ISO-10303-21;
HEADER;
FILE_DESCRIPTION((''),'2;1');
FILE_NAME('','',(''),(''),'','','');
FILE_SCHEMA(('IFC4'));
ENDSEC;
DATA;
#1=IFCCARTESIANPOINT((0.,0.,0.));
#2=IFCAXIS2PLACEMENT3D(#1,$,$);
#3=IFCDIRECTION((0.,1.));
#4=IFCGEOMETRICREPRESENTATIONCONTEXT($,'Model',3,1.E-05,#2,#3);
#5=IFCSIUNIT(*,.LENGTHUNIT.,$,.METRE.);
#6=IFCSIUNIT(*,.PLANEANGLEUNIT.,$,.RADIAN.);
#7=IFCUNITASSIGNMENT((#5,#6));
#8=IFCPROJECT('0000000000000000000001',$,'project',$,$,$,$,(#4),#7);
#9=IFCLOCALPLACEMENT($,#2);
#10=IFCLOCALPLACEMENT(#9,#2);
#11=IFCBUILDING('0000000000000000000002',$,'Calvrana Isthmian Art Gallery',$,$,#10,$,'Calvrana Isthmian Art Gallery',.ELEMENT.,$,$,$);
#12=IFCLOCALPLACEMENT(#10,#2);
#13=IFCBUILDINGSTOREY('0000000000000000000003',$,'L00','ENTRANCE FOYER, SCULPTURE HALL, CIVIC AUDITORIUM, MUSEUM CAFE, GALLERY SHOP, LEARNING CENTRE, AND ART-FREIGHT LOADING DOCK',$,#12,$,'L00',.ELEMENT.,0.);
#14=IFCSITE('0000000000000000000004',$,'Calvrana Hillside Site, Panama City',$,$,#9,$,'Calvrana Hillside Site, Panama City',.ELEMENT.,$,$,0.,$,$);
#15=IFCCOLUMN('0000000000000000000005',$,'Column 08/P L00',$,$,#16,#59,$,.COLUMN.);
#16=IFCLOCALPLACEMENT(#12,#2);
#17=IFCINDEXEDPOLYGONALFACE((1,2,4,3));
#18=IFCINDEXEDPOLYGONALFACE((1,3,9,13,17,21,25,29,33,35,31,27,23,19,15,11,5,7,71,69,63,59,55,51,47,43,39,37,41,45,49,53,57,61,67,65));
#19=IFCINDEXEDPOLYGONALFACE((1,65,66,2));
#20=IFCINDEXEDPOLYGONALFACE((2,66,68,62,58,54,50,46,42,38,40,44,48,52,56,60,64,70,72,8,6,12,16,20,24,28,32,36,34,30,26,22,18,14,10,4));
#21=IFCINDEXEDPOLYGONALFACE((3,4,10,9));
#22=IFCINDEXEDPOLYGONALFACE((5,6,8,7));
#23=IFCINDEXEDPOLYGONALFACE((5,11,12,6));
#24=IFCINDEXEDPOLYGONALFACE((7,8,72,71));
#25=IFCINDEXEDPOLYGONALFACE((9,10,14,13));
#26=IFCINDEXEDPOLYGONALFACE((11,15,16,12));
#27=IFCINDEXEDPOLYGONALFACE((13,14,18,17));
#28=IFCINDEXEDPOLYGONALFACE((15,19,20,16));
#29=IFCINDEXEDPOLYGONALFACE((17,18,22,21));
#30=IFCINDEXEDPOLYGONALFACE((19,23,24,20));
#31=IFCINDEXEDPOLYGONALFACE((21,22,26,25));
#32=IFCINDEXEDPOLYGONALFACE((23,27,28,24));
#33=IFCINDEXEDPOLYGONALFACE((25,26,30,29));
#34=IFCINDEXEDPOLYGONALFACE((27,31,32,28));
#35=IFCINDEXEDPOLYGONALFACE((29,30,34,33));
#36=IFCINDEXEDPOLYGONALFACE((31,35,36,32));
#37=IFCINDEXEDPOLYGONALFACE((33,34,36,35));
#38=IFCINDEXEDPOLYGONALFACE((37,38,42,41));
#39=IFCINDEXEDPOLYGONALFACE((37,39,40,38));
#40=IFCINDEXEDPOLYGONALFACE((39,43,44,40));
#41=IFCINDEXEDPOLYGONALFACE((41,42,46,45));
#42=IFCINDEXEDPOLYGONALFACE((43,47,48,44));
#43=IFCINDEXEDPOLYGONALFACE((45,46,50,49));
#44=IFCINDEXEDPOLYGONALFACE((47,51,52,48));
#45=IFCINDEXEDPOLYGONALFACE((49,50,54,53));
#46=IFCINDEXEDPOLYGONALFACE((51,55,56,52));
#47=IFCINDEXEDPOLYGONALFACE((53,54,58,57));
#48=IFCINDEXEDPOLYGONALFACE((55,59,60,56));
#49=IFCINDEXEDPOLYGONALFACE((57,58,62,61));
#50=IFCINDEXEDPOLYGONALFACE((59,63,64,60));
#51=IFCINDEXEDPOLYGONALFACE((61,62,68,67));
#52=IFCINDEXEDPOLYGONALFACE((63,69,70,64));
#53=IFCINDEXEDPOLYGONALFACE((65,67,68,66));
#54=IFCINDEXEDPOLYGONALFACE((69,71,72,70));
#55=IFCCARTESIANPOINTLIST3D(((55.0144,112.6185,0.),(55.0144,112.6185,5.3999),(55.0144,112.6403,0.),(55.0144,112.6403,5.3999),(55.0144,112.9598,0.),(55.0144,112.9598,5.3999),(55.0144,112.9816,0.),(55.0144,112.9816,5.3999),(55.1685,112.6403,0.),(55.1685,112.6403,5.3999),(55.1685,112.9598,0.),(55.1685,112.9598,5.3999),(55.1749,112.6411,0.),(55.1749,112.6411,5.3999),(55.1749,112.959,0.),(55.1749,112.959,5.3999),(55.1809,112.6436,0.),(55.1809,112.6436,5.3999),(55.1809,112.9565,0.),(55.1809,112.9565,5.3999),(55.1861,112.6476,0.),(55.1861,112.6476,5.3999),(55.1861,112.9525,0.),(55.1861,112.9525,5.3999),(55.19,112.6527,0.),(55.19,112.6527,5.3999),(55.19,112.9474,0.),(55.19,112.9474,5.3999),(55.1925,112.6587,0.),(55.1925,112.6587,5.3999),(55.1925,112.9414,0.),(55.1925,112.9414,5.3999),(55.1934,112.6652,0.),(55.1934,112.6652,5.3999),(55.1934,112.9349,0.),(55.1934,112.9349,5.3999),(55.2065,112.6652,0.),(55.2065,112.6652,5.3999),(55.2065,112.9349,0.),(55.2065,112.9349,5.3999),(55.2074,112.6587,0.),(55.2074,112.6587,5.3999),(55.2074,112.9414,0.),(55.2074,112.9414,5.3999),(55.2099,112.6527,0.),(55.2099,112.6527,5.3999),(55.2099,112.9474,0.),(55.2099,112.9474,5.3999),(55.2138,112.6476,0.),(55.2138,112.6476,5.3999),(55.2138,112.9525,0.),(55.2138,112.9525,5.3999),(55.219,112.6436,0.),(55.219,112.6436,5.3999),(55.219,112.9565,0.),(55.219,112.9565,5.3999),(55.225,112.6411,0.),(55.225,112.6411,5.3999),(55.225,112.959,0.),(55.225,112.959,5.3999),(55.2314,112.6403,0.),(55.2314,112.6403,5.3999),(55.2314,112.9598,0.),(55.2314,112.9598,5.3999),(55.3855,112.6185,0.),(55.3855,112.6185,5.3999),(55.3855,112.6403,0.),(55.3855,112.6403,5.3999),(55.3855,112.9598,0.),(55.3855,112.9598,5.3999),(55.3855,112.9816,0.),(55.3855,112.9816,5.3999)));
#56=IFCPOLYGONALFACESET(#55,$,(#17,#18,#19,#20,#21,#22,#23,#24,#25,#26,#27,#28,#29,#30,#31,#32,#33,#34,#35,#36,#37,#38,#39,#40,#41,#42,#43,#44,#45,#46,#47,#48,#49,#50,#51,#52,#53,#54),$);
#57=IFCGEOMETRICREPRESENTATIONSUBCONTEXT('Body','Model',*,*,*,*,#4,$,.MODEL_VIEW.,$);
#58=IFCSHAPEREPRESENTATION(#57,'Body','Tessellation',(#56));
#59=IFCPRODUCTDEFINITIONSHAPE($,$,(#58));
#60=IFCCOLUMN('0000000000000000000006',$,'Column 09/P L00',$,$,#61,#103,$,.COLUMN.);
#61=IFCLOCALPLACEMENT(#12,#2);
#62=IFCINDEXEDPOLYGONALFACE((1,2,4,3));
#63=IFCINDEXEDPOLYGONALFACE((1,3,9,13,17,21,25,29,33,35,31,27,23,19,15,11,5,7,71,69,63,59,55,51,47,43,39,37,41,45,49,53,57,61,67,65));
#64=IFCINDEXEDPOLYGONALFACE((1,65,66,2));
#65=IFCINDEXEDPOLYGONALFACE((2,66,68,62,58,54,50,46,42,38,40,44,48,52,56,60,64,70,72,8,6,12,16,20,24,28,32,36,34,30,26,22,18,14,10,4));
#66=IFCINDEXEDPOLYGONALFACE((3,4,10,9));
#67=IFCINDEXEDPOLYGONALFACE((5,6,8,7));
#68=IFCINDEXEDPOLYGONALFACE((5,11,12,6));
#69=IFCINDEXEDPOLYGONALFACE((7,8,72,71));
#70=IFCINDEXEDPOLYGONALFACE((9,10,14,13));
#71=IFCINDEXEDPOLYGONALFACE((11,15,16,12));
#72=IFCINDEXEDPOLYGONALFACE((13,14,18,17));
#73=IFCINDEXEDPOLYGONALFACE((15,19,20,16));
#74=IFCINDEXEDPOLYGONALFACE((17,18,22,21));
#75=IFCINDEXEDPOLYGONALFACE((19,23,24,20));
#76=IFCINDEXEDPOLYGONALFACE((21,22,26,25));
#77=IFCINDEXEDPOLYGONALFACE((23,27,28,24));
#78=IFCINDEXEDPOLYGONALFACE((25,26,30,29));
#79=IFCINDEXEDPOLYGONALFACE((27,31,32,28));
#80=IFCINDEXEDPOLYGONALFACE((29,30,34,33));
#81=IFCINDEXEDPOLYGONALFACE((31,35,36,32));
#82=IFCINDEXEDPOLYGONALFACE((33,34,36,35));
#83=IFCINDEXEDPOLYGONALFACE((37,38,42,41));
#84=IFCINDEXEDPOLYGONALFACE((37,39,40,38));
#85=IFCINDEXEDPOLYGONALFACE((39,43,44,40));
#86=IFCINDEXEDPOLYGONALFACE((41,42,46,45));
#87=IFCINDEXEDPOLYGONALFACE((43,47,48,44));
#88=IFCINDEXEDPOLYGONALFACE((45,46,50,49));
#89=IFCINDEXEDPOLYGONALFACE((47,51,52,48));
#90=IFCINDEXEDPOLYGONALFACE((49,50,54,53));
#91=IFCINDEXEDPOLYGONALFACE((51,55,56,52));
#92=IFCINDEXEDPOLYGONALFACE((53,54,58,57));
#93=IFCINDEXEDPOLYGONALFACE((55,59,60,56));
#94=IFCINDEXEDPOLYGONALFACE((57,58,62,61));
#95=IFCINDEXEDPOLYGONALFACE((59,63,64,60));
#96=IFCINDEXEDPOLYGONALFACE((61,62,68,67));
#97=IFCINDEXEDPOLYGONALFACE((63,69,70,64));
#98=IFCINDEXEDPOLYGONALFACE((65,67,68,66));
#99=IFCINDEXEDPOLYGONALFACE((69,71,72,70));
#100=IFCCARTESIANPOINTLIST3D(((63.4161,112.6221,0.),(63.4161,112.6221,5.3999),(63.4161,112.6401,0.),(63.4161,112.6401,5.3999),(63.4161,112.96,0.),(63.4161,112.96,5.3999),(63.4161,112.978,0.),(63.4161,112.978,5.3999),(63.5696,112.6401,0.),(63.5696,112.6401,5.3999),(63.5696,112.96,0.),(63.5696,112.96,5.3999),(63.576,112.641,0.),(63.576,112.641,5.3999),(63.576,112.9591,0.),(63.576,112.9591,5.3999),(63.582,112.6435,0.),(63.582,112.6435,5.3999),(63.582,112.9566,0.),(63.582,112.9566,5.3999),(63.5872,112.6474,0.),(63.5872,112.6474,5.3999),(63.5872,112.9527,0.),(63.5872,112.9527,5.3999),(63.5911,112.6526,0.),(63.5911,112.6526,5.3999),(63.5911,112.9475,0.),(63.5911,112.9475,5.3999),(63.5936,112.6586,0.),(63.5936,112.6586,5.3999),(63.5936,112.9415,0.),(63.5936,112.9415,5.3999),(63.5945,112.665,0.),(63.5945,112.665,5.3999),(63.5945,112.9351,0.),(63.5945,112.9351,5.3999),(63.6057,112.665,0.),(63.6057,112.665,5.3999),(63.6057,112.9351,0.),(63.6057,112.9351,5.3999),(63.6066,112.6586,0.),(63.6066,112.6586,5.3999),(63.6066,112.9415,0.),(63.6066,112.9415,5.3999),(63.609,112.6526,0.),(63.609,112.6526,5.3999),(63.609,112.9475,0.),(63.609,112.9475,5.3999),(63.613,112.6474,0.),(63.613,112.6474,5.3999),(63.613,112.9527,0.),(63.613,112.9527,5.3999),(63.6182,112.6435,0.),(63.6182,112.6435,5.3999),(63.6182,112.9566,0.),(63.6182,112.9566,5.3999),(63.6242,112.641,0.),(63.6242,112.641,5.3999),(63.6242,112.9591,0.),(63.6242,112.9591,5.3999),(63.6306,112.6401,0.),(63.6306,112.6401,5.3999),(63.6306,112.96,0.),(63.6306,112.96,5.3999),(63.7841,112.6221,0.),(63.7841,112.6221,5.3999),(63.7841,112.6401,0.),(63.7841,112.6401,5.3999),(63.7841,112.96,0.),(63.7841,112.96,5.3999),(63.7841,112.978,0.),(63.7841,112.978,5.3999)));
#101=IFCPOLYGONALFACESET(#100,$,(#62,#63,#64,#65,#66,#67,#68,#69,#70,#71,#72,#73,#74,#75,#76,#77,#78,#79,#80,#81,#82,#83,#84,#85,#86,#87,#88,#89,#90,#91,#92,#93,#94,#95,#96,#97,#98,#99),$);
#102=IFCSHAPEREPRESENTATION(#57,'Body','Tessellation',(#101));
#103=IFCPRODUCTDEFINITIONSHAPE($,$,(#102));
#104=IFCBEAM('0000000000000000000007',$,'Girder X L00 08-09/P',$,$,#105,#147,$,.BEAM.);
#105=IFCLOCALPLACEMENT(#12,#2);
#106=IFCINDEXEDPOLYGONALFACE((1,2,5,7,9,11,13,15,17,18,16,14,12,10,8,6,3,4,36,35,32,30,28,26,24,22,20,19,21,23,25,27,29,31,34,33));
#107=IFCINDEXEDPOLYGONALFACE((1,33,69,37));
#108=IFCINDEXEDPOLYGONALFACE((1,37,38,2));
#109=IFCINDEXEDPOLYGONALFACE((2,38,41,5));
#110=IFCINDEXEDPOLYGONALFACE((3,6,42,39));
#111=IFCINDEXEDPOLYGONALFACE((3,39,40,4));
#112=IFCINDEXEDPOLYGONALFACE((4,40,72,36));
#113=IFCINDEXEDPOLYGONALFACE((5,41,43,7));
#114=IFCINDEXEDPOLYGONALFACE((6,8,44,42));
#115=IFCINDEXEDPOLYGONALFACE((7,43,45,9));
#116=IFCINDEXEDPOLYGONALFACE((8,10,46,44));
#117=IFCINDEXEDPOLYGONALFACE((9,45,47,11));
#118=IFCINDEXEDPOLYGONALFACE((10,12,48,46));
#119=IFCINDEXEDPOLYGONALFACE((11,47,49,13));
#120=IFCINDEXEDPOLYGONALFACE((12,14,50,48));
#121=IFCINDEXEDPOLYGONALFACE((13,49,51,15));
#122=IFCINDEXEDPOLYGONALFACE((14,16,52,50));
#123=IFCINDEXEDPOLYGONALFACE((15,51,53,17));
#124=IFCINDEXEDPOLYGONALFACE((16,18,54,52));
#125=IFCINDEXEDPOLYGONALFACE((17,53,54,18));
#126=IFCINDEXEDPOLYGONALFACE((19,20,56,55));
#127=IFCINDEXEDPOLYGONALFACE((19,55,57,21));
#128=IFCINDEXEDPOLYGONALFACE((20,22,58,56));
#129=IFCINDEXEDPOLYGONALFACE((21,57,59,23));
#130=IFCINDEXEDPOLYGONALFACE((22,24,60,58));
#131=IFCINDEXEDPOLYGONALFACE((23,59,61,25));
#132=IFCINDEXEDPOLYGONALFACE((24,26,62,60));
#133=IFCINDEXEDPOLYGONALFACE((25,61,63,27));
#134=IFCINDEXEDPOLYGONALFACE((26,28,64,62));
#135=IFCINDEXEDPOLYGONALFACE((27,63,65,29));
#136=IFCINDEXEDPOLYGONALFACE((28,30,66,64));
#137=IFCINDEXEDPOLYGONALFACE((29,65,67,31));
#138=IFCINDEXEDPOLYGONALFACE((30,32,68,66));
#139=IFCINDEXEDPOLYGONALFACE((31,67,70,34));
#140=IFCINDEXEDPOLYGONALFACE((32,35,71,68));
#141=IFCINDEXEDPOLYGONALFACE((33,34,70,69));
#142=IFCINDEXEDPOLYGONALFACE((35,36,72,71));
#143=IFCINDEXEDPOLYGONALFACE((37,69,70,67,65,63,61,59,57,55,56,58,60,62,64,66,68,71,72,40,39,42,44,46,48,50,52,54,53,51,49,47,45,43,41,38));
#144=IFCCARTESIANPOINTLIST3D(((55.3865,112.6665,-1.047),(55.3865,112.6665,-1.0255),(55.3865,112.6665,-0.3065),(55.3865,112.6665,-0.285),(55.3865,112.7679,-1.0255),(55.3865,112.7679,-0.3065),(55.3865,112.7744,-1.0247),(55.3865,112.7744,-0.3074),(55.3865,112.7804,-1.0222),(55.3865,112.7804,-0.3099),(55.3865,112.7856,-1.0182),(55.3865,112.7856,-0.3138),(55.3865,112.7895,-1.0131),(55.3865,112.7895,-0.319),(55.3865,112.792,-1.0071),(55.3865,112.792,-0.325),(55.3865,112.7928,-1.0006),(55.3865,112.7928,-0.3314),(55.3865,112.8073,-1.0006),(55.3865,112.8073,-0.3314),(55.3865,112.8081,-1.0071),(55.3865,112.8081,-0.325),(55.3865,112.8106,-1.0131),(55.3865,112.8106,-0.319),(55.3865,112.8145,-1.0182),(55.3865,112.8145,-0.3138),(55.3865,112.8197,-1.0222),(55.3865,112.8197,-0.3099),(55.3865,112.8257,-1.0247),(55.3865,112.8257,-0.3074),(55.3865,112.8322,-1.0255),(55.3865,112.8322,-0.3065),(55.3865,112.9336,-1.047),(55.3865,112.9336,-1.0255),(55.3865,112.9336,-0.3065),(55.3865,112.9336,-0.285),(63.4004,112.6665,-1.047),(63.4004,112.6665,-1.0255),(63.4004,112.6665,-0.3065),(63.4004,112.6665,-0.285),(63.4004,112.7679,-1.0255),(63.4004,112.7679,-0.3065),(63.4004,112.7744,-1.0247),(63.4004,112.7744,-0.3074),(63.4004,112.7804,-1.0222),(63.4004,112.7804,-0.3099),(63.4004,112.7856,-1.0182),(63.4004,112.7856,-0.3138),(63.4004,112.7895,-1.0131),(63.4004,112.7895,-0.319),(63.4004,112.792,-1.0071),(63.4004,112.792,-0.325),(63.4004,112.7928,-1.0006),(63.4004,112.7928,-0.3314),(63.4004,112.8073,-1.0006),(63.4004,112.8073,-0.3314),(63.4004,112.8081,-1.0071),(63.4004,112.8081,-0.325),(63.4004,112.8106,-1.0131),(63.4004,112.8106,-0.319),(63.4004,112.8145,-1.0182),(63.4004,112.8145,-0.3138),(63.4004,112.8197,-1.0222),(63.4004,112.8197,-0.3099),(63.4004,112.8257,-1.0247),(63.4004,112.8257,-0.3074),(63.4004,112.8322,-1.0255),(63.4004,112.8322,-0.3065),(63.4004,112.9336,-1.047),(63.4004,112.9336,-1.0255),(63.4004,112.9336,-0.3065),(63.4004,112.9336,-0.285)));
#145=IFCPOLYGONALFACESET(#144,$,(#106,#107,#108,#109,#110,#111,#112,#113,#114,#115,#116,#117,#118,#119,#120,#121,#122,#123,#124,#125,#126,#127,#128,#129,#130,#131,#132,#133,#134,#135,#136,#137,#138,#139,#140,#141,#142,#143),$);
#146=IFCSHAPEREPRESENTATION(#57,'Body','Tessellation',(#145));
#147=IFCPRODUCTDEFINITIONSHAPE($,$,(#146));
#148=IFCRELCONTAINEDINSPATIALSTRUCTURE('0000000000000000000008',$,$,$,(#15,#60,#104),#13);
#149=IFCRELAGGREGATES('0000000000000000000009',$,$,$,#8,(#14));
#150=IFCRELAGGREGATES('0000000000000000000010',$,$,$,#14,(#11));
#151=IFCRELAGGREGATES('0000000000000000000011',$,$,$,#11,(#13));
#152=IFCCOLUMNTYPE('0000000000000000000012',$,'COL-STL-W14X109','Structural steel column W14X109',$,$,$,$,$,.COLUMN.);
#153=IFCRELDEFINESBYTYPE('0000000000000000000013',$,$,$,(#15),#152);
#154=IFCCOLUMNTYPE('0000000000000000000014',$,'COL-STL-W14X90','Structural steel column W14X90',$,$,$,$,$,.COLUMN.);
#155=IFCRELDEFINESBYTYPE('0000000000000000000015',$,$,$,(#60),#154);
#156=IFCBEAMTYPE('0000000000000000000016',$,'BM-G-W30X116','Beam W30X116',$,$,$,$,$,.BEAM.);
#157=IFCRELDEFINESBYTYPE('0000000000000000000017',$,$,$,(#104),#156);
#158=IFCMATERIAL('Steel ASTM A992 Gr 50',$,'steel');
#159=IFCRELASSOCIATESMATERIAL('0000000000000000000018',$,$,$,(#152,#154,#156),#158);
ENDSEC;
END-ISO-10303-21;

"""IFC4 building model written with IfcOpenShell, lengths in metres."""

from ifc_helpers import new_model, si_unit, direction, frame, origin, origin_2d, place, context, subcontext, project, spatial, i_section, extrude, material, material_profile, profile_set, type_object, element, save


model = new_model("IFC4")

# Units and contexts
model_context = context("Model", 3, precision=1e-05, world=origin(), true_north=direction((0.0, 1.0)))
body_context = subcontext(model_context, "Body", "Model", "MODEL_VIEW")
ifc_project = project(units=[si_unit("LENGTHUNIT", "METRE"), si_unit("PLANEANGLEUNIT", "RADIAN")], contexts=[model_context])

# Site, building, storey
site_placement = place(None, origin())
site = spatial("IfcSite", under=ifc_project, at=site_placement, Name="Calvrana Hillside Site, Panama City", LongName="Calvrana Hillside Site, Panama City", CompositionType="ELEMENT", RefElevation=0.0)
building_placement = place(site_placement, origin())
building = spatial("IfcBuilding", under=site, at=building_placement, Name="Calvrana Isthmian Art Gallery", LongName="Calvrana Isthmian Art Gallery", CompositionType="ELEMENT")
storey_placement = place(building_placement, origin())
storey = spatial("IfcBuildingStorey", under=building, at=storey_placement, Name="L00", Description="ENTRANCE FOYER, SCULPTURE HALL, CIVIC AUDITORIUM, MUSEUM CAFE, GALLERY SHOP, LEARNING CENTRE, AND ART-FREIGHT LOADING DOCK", LongName="L00", CompositionType="ELEMENT", Elevation=0.0)

# Columns
ifc_material_1 = material(Name="Steel ASTM A992 Gr 50", Category="steel")
ifc_material_profile_1 = material_profile(ifc_material_1, i_section(OverallWidth=0.3711, OverallDepth=0.363, WebThickness=0.0132, FlangeThickness=0.0217, FilletRadius=0.0249, at=origin_2d()), Name="W14X109")
ifc_profile_set_1 = profile_set([ifc_material_profile_1], Name="Steel ASTM A992 Gr 50")
column_type_1 = type_object("IfcColumnType", Name="COL-STL-W14X109", Description="Structural steel column W14X109", PredefinedType="COLUMN", material=ifc_profile_set_1)
column_1_placement = place(storey_placement, frame((55.2, 112.8, 0.0), z_axis=(0.0, 0.0, 1.0), x_axis=(1.0, 0.0, 0.0)))
element("IfcColumn", 1, at=column_1_placement, inside=storey, type_object=column_type_1, Name="Column 08/P L00", PredefinedType="COLUMN", context=body_context, shape_type="SweptSolid", body=[
    extrude(i_section(OverallWidth=0.3711, OverallDepth=0.363, WebThickness=0.0132, FlangeThickness=0.0217, FilletRadius=0.0249, at=origin_2d()), origin(), (0.0, 0.0, 1.0), 5.3999),
])
ifc_material_profile_2 = material_profile(ifc_material_1, i_section(OverallWidth=0.3679, OverallDepth=0.356, WebThickness=0.0112, FlangeThickness=0.0181, FilletRadius=0.0249, at=origin_2d()), Name="W14X90")
ifc_profile_set_2 = profile_set([ifc_material_profile_2], Name="Steel ASTM A992 Gr 50")
column_type_2 = type_object("IfcColumnType", Name="COL-STL-W14X90", Description="Structural steel column W14X90", PredefinedType="COLUMN", material=ifc_profile_set_2)
column_2_placement = place(storey_placement, frame((63.6001, 112.8, 0.0), z_axis=(0.0, 0.0, 1.0), x_axis=(1.0, 0.0, 0.0)))
element("IfcColumn", 2, at=column_2_placement, inside=storey, type_object=column_type_2, Name="Column 09/P L00", PredefinedType="COLUMN", context=body_context, shape_type="SweptSolid", body=[
    extrude(i_section(OverallWidth=0.3679, OverallDepth=0.356, WebThickness=0.0112, FlangeThickness=0.0181, FilletRadius=0.0249, at=origin_2d()), origin(), (0.0, 0.0, 1.0), 5.3999),
])

# Beam
ifc_material_profile_3 = material_profile(ifc_material_1, i_section(OverallWidth=0.2671, OverallDepth=0.762, WebThickness=0.0144, FlangeThickness=0.0215, FilletRadius=0.0249, at=origin_2d()), Name="W30X116")
ifc_profile_set_3 = profile_set([ifc_material_profile_3], Name="Steel ASTM A992 Gr 50")
beam_type_1 = type_object("IfcBeamType", Name="BM-G-W30X116", Description="Beam W30X116", PredefinedType="BEAM", material=ifc_profile_set_3)
beam_1_placement = place(storey_placement, frame((55.3865, 112.8, -0.666), z_axis=(1.0, 0.0, 0.0), x_axis=(0.0, 1.0, 0.0)))
element("IfcBeam", 3, at=beam_1_placement, inside=storey, type_object=beam_type_1, Name="Girder X L00 08-09/P", PredefinedType="BEAM", context=body_context, shape_type="SweptSolid", body=[
    extrude(i_section(OverallWidth=0.2671, OverallDepth=0.762, WebThickness=0.0144, FlangeThickness=0.0215, FilletRadius=0.0249, at=origin_2d()), origin(), (0.0, 0.0, 1.0), 8.0139),
])

save(model, "model.ifc")
